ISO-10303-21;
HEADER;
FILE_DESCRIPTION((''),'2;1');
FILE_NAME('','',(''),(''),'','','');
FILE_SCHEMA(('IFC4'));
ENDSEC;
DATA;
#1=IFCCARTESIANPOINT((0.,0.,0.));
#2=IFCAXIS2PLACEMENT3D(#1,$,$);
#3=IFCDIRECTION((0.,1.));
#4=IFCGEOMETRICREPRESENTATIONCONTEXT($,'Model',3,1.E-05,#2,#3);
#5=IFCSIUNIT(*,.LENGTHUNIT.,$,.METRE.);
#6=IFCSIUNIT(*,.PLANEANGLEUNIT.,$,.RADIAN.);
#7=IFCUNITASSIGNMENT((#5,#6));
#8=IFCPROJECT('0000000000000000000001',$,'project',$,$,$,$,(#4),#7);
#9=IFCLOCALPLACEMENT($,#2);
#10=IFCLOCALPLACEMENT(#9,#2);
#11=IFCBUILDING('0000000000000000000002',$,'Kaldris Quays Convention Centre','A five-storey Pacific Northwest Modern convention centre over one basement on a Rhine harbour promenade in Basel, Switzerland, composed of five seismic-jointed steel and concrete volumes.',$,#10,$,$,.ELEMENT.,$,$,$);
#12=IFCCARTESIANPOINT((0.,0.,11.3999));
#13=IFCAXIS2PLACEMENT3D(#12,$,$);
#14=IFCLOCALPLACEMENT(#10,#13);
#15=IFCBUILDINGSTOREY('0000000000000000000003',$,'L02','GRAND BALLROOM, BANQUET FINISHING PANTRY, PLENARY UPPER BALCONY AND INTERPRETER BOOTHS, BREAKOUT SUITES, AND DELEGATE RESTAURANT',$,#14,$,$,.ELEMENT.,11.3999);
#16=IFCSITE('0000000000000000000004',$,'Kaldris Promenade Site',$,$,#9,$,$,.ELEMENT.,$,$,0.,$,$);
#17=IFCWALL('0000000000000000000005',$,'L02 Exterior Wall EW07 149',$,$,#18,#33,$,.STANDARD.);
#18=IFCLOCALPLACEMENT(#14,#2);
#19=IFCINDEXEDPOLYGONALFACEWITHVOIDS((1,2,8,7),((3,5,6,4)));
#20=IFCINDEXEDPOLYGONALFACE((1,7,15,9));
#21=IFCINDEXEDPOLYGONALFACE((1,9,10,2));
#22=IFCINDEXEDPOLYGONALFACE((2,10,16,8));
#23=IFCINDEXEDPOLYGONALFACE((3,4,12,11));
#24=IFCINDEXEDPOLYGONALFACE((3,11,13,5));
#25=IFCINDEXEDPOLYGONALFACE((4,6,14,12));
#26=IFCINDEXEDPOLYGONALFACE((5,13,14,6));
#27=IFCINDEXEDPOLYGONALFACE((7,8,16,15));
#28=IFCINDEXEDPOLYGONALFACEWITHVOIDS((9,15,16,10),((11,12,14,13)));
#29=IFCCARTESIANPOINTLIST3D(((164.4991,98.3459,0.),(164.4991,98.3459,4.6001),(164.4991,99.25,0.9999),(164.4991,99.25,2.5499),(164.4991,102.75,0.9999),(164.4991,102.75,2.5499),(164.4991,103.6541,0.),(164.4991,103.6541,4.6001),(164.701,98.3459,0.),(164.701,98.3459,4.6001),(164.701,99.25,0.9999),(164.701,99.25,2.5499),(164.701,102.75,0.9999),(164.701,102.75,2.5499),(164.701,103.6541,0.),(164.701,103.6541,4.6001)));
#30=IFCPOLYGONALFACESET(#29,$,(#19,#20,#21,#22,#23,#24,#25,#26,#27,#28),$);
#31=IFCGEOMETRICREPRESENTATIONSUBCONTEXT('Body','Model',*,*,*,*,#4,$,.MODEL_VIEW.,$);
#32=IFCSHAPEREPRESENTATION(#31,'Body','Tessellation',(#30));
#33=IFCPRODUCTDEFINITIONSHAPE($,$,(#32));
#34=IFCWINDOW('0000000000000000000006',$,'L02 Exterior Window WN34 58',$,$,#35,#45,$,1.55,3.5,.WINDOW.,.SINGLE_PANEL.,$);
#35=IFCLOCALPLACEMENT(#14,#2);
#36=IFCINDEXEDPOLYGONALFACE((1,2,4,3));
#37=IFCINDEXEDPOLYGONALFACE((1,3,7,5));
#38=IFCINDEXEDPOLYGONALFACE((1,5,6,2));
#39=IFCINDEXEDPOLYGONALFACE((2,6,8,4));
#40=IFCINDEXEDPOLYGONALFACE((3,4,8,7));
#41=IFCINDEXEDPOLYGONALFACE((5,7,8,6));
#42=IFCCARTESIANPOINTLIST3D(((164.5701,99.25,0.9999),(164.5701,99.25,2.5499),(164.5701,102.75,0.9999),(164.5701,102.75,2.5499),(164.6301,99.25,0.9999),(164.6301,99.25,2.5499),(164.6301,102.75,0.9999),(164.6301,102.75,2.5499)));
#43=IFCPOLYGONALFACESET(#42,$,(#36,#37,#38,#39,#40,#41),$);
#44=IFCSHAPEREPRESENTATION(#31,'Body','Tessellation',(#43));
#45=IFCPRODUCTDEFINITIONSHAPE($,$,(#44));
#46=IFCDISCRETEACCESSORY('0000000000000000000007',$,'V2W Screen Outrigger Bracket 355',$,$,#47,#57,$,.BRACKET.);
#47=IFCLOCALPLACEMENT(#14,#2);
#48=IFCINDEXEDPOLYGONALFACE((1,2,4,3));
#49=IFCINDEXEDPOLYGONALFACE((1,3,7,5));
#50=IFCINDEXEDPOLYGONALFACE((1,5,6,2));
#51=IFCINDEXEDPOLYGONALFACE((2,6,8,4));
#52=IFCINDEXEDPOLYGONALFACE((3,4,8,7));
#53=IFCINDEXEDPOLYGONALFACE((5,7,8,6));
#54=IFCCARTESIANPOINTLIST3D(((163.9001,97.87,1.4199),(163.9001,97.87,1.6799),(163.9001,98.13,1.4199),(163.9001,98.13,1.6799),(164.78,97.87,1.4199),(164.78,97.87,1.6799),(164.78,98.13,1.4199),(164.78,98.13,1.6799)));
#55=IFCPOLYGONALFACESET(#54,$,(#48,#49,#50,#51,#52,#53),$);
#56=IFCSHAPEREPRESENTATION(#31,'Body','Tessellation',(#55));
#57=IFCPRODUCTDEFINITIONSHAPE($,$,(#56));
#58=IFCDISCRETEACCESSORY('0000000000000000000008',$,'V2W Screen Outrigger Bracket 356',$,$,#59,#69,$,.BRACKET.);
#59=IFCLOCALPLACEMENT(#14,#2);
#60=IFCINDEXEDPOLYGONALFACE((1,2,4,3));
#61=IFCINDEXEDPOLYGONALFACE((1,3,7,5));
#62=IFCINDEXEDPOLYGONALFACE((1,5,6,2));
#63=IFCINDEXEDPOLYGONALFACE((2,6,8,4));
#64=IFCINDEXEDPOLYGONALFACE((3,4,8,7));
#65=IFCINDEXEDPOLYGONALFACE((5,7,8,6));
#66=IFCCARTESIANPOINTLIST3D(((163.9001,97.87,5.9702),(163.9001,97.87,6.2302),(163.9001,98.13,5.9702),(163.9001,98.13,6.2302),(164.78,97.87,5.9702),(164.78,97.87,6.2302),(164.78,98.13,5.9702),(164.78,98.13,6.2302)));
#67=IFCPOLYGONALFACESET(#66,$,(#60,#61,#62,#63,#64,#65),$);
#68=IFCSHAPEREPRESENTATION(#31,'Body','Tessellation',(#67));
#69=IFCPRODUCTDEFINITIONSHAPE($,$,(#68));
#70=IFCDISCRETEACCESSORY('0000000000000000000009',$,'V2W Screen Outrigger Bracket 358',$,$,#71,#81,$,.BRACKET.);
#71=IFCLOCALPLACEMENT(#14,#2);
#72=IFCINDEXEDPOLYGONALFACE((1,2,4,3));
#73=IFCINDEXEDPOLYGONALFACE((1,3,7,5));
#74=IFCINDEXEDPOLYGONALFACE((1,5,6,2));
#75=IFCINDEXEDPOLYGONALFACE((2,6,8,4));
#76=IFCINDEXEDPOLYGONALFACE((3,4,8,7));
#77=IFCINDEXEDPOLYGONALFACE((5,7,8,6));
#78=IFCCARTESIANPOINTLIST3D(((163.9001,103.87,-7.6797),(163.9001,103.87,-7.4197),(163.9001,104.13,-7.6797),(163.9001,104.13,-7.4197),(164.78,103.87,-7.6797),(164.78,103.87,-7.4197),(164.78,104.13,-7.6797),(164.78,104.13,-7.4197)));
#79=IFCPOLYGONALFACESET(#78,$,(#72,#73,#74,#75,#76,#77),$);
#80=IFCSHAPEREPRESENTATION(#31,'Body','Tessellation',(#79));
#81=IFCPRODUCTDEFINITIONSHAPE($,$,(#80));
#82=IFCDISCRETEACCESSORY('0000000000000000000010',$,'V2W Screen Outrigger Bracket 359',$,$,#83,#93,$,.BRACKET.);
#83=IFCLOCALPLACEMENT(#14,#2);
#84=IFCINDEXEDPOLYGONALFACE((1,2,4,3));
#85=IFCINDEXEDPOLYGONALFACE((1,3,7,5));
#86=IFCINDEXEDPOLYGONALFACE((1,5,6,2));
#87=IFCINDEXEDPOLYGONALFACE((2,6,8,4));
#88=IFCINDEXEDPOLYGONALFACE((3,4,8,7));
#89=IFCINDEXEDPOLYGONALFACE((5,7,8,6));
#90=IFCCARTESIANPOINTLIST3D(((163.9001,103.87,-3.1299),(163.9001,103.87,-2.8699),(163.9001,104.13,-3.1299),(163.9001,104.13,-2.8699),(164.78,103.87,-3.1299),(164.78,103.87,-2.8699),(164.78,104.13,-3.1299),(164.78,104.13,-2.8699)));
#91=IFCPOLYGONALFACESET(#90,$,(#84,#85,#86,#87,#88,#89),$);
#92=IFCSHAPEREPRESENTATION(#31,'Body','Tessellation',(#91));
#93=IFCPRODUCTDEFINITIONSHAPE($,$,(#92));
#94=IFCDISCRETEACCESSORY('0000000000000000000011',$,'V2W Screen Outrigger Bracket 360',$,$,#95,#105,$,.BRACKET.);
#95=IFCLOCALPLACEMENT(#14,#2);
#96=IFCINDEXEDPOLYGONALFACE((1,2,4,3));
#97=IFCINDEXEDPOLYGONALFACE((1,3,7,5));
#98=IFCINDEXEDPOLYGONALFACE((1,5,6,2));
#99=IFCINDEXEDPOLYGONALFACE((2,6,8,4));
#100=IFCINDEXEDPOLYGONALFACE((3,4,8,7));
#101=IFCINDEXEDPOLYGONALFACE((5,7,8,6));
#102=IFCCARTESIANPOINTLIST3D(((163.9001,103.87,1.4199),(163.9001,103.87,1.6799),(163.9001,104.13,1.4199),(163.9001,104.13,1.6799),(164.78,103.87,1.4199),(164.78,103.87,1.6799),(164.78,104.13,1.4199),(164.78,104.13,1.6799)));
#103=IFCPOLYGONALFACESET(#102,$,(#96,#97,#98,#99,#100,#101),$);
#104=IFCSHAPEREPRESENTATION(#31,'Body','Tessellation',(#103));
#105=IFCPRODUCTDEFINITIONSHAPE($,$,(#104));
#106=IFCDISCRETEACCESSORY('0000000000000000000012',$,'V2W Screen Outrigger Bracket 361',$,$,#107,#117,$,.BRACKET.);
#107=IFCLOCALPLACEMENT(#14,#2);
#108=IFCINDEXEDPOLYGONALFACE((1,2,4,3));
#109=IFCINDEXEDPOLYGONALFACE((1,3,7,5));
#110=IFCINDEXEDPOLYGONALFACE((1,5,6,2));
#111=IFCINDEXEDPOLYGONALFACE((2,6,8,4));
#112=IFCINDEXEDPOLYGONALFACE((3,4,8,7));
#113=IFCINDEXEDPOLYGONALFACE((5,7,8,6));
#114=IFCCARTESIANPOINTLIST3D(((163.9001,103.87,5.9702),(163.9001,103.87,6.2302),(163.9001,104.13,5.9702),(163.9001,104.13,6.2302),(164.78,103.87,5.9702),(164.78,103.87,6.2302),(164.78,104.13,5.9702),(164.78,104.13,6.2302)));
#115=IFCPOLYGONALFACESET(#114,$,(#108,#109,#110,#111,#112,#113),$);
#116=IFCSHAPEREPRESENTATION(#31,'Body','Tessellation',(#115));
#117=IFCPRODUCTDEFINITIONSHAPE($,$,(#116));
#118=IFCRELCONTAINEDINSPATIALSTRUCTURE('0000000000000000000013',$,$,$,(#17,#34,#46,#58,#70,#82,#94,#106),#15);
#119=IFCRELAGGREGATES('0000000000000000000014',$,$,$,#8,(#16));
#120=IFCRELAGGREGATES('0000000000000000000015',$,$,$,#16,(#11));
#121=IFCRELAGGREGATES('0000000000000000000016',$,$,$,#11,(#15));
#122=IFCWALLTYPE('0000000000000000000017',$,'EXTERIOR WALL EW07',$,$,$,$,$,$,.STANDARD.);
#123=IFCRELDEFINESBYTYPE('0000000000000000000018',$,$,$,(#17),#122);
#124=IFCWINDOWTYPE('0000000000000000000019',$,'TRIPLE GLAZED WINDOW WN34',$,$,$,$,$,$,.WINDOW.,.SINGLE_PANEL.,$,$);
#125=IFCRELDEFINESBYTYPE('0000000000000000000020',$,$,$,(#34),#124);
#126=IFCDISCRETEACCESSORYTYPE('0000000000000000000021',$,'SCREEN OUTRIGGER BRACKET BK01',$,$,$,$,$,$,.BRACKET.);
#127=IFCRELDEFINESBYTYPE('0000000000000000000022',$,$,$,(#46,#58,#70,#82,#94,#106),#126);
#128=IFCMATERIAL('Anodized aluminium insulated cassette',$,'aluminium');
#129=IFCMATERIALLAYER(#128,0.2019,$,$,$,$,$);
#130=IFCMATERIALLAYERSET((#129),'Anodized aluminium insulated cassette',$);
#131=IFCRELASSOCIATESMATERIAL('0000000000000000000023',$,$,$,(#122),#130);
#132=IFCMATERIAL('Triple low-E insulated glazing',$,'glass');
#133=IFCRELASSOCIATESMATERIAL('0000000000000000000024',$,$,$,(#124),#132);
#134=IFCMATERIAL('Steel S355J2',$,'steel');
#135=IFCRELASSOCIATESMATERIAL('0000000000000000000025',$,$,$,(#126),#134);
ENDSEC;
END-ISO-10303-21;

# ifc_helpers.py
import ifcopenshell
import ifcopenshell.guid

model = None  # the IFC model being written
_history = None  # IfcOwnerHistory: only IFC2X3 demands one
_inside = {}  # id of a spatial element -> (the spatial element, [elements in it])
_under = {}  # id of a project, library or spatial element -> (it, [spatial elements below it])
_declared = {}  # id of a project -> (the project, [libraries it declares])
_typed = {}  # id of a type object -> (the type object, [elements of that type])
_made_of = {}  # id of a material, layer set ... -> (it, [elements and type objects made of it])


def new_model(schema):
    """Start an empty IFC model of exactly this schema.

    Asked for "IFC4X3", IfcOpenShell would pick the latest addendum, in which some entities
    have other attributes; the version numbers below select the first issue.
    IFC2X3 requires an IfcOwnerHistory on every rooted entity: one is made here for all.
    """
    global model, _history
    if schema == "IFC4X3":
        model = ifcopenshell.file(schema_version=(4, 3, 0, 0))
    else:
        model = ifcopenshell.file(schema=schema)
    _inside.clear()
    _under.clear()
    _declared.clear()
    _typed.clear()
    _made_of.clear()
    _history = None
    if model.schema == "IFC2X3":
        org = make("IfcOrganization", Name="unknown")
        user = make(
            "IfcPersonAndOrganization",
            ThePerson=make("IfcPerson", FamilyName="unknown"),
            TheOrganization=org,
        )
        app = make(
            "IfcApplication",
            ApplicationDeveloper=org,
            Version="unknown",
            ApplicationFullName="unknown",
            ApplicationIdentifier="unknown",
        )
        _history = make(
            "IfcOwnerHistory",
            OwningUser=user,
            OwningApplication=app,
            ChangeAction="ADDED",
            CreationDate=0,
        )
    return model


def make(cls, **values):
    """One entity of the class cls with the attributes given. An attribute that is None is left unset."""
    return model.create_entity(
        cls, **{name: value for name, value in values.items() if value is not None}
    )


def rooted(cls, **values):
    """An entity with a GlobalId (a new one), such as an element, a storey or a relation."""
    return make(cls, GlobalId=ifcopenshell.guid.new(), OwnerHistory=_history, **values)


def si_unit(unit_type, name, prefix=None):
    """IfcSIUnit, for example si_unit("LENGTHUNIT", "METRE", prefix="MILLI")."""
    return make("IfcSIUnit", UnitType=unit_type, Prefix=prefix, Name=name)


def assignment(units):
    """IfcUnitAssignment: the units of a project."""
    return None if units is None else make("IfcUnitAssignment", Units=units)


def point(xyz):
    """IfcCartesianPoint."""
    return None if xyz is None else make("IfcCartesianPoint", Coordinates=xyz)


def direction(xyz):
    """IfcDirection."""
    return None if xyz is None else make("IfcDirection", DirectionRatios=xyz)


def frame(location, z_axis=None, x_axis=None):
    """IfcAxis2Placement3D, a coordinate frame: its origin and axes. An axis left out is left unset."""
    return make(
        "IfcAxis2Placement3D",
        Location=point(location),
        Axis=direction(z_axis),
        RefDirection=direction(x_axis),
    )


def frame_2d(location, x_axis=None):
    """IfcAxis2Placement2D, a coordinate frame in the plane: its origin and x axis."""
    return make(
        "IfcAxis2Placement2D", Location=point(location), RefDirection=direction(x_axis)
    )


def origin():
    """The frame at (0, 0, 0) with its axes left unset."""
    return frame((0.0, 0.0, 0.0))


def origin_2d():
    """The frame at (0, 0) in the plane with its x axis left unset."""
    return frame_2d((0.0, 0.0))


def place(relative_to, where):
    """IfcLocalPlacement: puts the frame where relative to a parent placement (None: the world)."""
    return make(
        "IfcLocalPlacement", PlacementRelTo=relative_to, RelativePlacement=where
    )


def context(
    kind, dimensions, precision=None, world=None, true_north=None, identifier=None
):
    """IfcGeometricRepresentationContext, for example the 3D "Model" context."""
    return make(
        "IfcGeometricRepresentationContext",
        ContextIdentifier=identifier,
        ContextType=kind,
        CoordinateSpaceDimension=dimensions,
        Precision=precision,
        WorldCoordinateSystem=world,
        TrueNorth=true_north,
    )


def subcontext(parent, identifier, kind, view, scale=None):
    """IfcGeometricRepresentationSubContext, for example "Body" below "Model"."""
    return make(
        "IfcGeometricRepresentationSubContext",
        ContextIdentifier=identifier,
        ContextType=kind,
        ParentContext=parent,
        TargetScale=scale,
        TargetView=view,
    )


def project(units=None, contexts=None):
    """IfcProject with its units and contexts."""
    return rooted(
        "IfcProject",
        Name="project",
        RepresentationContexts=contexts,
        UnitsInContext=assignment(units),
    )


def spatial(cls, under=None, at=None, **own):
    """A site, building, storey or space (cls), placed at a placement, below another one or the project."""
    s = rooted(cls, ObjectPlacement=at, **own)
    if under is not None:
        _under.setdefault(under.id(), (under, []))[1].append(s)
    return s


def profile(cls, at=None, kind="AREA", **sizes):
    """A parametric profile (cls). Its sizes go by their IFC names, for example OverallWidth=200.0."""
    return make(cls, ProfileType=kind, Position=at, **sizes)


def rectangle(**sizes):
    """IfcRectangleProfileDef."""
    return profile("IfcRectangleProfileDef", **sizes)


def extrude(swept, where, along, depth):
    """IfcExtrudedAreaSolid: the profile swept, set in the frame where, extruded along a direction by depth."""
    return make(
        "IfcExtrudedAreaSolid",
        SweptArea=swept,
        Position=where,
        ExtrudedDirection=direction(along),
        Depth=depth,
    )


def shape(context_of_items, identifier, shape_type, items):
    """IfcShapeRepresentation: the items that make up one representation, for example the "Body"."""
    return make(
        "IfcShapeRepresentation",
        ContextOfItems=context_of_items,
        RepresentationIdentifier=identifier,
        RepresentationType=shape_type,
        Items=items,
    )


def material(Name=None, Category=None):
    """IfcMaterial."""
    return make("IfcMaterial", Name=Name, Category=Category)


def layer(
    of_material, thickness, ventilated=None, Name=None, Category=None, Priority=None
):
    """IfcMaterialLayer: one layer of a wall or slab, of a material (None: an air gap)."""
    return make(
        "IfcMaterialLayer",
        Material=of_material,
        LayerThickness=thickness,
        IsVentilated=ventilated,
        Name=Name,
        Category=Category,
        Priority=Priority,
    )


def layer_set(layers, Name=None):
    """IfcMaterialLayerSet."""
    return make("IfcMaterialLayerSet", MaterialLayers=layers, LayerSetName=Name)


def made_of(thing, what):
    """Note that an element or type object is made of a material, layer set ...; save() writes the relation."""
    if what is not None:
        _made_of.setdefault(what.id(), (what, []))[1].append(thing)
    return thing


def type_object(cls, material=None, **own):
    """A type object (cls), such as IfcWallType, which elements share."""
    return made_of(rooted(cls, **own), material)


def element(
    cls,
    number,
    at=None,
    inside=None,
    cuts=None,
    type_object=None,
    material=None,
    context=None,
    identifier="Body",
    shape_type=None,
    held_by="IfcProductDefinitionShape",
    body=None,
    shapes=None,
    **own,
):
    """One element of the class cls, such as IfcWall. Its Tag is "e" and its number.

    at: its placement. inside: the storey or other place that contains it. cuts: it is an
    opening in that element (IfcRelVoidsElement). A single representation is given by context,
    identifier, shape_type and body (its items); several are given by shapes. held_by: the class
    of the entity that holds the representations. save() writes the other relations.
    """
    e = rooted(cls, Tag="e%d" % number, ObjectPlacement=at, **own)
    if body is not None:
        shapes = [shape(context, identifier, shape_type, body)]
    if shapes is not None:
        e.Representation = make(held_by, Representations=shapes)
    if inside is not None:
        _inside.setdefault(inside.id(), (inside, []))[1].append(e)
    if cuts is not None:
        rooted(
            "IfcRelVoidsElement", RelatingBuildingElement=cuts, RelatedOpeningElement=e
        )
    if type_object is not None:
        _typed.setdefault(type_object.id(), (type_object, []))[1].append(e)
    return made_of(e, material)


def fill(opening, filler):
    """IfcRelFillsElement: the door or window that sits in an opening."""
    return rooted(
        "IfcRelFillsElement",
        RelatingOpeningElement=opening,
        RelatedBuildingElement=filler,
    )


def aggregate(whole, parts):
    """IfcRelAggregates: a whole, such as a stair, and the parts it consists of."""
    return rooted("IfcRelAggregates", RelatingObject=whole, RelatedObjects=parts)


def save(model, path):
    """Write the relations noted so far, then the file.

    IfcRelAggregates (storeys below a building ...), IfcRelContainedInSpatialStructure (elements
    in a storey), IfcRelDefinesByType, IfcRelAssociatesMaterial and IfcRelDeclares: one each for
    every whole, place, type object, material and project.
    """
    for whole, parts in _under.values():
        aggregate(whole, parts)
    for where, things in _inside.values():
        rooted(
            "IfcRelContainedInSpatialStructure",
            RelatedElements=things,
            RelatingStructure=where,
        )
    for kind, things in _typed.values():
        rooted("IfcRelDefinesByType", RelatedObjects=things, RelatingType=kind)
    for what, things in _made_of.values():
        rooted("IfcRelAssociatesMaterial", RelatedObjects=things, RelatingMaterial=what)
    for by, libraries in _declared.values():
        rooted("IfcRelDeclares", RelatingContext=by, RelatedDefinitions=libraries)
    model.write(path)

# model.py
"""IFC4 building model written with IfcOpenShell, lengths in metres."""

from ifc_helpers import new_model, si_unit, direction, frame, frame_2d, origin, origin_2d, place, context, subcontext, project, spatial, rectangle, extrude, material, layer, layer_set, type_object, element, fill, save


model = new_model("IFC4")

# Units and contexts
model_context = context("Model", 3, precision=1e-05, world=origin(), true_north=direction((0.0, 1.0)))
body_context = subcontext(model_context, "Body", "Model", "MODEL_VIEW")
ifc_project = project(units=[si_unit("LENGTHUNIT", "METRE"), si_unit("PLANEANGLEUNIT", "RADIAN")], contexts=[model_context])

# Site, building, storey
site_placement = place(None, origin())
site = spatial("IfcSite", under=ifc_project, at=site_placement, Name="Kaldris Promenade Site", CompositionType="ELEMENT", RefElevation=0.0)
building_placement = place(site_placement, origin())
building = spatial("IfcBuilding", under=site, at=building_placement, Name="Kaldris Quays Convention Centre", Description="A five-storey Pacific Northwest Modern convention centre over one basement on a Rhine harbour promenade in Basel, Switzerland, composed of five seismic-jointed steel and concrete volumes.", CompositionType="ELEMENT")
storey_placement = place(building_placement, frame((0.0, 0.0, 11.3999)))
storey = spatial("IfcBuildingStorey", under=building, at=storey_placement, Name="L02", Description="GRAND BALLROOM, BANQUET FINISHING PANTRY, PLENARY UPPER BALCONY AND INTERPRETER BOOTHS, BREAKOUT SUITES, AND DELEGATE RESTAURANT", CompositionType="ELEMENT", Elevation=11.3999)

# Shared definitions
ifc_material_1 = material(Name="Steel S355J2", Category="steel")

# Shared definitions
ifc_material_2 = material(Name="Triple low-E insulated glazing", Category="glass")

# Wall, opening, window
ifc_material_3 = material(Name="Anodized aluminium insulated cassette", Category="aluminium")
ifc_layer_1 = layer(ifc_material_3, 0.2019)
ifc_layer_set_1 = layer_set([ifc_layer_1], Name="Anodized aluminium insulated cassette")
wall_type_1 = type_object("IfcWallType", Name="EXTERIOR WALL EW07", PredefinedType="STANDARD", material=ifc_layer_set_1)
wall_1_placement = place(storey_placement, frame((164.6001, 98.3459, 0.0), z_axis=(0.0, 0.0, 1.0), x_axis=(0.0, 1.0, 0.0)))
wall_1 = element("IfcWall", 1, at=wall_1_placement, inside=storey, type_object=wall_type_1, Name="L02 Exterior Wall EW07 149", PredefinedType="STANDARD", context=body_context, shape_type="SweptSolid", body=[
    extrude(rectangle(XDim=5.3081, YDim=0.2019, at=frame_2d((2.6541, 0.0))), origin(), (0.0, 0.0, 1.0), 4.6001),
])
opening_placement = place(wall_1_placement, frame((0.9041, 0.0, 1.0)))
opening = element("IfcOpeningElement", 2, at=opening_placement, cuts=wall_1, PredefinedType="OPENING", context=body_context, shape_type="SweptSolid", body=[
    extrude(rectangle(XDim=3.5, YDim=1.55, at=frame_2d((1.75, 0.7749))), frame((0.0, 0.1108, 0.0), z_axis=(0.0, -1.0, 0.0), x_axis=(1.0, 0.0, 0.0)), (0.0, 0.0, 1.0), 0.2219),
])
window_type = type_object("IfcWindowType", Name="TRIPLE GLAZED WINDOW WN34", PartitioningType="SINGLE_PANEL", PredefinedType="WINDOW", material=ifc_material_2)
window_placement = place(opening_placement, origin())
window = element("IfcWindow", 3, at=window_placement, inside=storey, type_object=window_type, Name="L02 Exterior Window WN34 58", OverallHeight=1.55, OverallWidth=3.5, PartitioningType="SINGLE_PANEL", PredefinedType="WINDOW", context=body_context, shape_type="SweptSolid", body=[
    extrude(rectangle(XDim=3.5, YDim=1.55, at=frame_2d((1.75, 0.7749))), frame((0.0, 0.03, 0.0), z_axis=(0.0, -1.0, 0.0), x_axis=(1.0, 0.0, 0.0)), (0.0, 0.0, 1.0), 0.0601),
])
fill(opening, window)

# Discrete accessories
discrete_accessory_type = type_object("IfcDiscreteAccessoryType", Name="SCREEN OUTRIGGER BRACKET BK01", PredefinedType="BRACKET", material=ifc_material_1)
for number, where, z_axis, x_axis, name in (
    (4, (164.3401, 98.0, 1.4199), (0.0, 0.0, 1.0), (0.0, 1.0, 0.0), "V2W Screen Outrigger Bracket 355"),
    (5, (164.3401, 98.0, 5.9702), (0.0, 0.0, 1.0), (0.0, 1.0, 0.0), "V2W Screen Outrigger Bracket 356"),
    (6, (164.3401, 104.0, -7.6797), (0.0, 0.0, 1.0), (0.0, 1.0, 0.0), "V2W Screen Outrigger Bracket 358"),
    (7, (164.3401, 104.0, -3.1299), (0.0, 0.0, 1.0), (0.0, 1.0, 0.0), "V2W Screen Outrigger Bracket 359"),
    (8, (164.3401, 104.0, 1.4199), (0.0, 0.0, 1.0), (0.0, 1.0, 0.0), "V2W Screen Outrigger Bracket 360"),
    (9, (164.3401, 104.0, 5.9702), (0.0, 0.0, 1.0), (0.0, 1.0, 0.0), "V2W Screen Outrigger Bracket 361"),
):
    element("IfcDiscreteAccessory", number, at=place(storey_placement, frame(where, z_axis=z_axis, x_axis=x_axis)), inside=storey, type_object=discrete_accessory_type, Name=name, PredefinedType="BRACKET", context=body_context, shape_type="SweptSolid", body=[
        extrude(rectangle(XDim=0.26, YDim=0.8799, at=origin_2d()), origin(), (0.0, 0.0, 1.0), 0.26),
    ])

save(model, "model.ifc")
